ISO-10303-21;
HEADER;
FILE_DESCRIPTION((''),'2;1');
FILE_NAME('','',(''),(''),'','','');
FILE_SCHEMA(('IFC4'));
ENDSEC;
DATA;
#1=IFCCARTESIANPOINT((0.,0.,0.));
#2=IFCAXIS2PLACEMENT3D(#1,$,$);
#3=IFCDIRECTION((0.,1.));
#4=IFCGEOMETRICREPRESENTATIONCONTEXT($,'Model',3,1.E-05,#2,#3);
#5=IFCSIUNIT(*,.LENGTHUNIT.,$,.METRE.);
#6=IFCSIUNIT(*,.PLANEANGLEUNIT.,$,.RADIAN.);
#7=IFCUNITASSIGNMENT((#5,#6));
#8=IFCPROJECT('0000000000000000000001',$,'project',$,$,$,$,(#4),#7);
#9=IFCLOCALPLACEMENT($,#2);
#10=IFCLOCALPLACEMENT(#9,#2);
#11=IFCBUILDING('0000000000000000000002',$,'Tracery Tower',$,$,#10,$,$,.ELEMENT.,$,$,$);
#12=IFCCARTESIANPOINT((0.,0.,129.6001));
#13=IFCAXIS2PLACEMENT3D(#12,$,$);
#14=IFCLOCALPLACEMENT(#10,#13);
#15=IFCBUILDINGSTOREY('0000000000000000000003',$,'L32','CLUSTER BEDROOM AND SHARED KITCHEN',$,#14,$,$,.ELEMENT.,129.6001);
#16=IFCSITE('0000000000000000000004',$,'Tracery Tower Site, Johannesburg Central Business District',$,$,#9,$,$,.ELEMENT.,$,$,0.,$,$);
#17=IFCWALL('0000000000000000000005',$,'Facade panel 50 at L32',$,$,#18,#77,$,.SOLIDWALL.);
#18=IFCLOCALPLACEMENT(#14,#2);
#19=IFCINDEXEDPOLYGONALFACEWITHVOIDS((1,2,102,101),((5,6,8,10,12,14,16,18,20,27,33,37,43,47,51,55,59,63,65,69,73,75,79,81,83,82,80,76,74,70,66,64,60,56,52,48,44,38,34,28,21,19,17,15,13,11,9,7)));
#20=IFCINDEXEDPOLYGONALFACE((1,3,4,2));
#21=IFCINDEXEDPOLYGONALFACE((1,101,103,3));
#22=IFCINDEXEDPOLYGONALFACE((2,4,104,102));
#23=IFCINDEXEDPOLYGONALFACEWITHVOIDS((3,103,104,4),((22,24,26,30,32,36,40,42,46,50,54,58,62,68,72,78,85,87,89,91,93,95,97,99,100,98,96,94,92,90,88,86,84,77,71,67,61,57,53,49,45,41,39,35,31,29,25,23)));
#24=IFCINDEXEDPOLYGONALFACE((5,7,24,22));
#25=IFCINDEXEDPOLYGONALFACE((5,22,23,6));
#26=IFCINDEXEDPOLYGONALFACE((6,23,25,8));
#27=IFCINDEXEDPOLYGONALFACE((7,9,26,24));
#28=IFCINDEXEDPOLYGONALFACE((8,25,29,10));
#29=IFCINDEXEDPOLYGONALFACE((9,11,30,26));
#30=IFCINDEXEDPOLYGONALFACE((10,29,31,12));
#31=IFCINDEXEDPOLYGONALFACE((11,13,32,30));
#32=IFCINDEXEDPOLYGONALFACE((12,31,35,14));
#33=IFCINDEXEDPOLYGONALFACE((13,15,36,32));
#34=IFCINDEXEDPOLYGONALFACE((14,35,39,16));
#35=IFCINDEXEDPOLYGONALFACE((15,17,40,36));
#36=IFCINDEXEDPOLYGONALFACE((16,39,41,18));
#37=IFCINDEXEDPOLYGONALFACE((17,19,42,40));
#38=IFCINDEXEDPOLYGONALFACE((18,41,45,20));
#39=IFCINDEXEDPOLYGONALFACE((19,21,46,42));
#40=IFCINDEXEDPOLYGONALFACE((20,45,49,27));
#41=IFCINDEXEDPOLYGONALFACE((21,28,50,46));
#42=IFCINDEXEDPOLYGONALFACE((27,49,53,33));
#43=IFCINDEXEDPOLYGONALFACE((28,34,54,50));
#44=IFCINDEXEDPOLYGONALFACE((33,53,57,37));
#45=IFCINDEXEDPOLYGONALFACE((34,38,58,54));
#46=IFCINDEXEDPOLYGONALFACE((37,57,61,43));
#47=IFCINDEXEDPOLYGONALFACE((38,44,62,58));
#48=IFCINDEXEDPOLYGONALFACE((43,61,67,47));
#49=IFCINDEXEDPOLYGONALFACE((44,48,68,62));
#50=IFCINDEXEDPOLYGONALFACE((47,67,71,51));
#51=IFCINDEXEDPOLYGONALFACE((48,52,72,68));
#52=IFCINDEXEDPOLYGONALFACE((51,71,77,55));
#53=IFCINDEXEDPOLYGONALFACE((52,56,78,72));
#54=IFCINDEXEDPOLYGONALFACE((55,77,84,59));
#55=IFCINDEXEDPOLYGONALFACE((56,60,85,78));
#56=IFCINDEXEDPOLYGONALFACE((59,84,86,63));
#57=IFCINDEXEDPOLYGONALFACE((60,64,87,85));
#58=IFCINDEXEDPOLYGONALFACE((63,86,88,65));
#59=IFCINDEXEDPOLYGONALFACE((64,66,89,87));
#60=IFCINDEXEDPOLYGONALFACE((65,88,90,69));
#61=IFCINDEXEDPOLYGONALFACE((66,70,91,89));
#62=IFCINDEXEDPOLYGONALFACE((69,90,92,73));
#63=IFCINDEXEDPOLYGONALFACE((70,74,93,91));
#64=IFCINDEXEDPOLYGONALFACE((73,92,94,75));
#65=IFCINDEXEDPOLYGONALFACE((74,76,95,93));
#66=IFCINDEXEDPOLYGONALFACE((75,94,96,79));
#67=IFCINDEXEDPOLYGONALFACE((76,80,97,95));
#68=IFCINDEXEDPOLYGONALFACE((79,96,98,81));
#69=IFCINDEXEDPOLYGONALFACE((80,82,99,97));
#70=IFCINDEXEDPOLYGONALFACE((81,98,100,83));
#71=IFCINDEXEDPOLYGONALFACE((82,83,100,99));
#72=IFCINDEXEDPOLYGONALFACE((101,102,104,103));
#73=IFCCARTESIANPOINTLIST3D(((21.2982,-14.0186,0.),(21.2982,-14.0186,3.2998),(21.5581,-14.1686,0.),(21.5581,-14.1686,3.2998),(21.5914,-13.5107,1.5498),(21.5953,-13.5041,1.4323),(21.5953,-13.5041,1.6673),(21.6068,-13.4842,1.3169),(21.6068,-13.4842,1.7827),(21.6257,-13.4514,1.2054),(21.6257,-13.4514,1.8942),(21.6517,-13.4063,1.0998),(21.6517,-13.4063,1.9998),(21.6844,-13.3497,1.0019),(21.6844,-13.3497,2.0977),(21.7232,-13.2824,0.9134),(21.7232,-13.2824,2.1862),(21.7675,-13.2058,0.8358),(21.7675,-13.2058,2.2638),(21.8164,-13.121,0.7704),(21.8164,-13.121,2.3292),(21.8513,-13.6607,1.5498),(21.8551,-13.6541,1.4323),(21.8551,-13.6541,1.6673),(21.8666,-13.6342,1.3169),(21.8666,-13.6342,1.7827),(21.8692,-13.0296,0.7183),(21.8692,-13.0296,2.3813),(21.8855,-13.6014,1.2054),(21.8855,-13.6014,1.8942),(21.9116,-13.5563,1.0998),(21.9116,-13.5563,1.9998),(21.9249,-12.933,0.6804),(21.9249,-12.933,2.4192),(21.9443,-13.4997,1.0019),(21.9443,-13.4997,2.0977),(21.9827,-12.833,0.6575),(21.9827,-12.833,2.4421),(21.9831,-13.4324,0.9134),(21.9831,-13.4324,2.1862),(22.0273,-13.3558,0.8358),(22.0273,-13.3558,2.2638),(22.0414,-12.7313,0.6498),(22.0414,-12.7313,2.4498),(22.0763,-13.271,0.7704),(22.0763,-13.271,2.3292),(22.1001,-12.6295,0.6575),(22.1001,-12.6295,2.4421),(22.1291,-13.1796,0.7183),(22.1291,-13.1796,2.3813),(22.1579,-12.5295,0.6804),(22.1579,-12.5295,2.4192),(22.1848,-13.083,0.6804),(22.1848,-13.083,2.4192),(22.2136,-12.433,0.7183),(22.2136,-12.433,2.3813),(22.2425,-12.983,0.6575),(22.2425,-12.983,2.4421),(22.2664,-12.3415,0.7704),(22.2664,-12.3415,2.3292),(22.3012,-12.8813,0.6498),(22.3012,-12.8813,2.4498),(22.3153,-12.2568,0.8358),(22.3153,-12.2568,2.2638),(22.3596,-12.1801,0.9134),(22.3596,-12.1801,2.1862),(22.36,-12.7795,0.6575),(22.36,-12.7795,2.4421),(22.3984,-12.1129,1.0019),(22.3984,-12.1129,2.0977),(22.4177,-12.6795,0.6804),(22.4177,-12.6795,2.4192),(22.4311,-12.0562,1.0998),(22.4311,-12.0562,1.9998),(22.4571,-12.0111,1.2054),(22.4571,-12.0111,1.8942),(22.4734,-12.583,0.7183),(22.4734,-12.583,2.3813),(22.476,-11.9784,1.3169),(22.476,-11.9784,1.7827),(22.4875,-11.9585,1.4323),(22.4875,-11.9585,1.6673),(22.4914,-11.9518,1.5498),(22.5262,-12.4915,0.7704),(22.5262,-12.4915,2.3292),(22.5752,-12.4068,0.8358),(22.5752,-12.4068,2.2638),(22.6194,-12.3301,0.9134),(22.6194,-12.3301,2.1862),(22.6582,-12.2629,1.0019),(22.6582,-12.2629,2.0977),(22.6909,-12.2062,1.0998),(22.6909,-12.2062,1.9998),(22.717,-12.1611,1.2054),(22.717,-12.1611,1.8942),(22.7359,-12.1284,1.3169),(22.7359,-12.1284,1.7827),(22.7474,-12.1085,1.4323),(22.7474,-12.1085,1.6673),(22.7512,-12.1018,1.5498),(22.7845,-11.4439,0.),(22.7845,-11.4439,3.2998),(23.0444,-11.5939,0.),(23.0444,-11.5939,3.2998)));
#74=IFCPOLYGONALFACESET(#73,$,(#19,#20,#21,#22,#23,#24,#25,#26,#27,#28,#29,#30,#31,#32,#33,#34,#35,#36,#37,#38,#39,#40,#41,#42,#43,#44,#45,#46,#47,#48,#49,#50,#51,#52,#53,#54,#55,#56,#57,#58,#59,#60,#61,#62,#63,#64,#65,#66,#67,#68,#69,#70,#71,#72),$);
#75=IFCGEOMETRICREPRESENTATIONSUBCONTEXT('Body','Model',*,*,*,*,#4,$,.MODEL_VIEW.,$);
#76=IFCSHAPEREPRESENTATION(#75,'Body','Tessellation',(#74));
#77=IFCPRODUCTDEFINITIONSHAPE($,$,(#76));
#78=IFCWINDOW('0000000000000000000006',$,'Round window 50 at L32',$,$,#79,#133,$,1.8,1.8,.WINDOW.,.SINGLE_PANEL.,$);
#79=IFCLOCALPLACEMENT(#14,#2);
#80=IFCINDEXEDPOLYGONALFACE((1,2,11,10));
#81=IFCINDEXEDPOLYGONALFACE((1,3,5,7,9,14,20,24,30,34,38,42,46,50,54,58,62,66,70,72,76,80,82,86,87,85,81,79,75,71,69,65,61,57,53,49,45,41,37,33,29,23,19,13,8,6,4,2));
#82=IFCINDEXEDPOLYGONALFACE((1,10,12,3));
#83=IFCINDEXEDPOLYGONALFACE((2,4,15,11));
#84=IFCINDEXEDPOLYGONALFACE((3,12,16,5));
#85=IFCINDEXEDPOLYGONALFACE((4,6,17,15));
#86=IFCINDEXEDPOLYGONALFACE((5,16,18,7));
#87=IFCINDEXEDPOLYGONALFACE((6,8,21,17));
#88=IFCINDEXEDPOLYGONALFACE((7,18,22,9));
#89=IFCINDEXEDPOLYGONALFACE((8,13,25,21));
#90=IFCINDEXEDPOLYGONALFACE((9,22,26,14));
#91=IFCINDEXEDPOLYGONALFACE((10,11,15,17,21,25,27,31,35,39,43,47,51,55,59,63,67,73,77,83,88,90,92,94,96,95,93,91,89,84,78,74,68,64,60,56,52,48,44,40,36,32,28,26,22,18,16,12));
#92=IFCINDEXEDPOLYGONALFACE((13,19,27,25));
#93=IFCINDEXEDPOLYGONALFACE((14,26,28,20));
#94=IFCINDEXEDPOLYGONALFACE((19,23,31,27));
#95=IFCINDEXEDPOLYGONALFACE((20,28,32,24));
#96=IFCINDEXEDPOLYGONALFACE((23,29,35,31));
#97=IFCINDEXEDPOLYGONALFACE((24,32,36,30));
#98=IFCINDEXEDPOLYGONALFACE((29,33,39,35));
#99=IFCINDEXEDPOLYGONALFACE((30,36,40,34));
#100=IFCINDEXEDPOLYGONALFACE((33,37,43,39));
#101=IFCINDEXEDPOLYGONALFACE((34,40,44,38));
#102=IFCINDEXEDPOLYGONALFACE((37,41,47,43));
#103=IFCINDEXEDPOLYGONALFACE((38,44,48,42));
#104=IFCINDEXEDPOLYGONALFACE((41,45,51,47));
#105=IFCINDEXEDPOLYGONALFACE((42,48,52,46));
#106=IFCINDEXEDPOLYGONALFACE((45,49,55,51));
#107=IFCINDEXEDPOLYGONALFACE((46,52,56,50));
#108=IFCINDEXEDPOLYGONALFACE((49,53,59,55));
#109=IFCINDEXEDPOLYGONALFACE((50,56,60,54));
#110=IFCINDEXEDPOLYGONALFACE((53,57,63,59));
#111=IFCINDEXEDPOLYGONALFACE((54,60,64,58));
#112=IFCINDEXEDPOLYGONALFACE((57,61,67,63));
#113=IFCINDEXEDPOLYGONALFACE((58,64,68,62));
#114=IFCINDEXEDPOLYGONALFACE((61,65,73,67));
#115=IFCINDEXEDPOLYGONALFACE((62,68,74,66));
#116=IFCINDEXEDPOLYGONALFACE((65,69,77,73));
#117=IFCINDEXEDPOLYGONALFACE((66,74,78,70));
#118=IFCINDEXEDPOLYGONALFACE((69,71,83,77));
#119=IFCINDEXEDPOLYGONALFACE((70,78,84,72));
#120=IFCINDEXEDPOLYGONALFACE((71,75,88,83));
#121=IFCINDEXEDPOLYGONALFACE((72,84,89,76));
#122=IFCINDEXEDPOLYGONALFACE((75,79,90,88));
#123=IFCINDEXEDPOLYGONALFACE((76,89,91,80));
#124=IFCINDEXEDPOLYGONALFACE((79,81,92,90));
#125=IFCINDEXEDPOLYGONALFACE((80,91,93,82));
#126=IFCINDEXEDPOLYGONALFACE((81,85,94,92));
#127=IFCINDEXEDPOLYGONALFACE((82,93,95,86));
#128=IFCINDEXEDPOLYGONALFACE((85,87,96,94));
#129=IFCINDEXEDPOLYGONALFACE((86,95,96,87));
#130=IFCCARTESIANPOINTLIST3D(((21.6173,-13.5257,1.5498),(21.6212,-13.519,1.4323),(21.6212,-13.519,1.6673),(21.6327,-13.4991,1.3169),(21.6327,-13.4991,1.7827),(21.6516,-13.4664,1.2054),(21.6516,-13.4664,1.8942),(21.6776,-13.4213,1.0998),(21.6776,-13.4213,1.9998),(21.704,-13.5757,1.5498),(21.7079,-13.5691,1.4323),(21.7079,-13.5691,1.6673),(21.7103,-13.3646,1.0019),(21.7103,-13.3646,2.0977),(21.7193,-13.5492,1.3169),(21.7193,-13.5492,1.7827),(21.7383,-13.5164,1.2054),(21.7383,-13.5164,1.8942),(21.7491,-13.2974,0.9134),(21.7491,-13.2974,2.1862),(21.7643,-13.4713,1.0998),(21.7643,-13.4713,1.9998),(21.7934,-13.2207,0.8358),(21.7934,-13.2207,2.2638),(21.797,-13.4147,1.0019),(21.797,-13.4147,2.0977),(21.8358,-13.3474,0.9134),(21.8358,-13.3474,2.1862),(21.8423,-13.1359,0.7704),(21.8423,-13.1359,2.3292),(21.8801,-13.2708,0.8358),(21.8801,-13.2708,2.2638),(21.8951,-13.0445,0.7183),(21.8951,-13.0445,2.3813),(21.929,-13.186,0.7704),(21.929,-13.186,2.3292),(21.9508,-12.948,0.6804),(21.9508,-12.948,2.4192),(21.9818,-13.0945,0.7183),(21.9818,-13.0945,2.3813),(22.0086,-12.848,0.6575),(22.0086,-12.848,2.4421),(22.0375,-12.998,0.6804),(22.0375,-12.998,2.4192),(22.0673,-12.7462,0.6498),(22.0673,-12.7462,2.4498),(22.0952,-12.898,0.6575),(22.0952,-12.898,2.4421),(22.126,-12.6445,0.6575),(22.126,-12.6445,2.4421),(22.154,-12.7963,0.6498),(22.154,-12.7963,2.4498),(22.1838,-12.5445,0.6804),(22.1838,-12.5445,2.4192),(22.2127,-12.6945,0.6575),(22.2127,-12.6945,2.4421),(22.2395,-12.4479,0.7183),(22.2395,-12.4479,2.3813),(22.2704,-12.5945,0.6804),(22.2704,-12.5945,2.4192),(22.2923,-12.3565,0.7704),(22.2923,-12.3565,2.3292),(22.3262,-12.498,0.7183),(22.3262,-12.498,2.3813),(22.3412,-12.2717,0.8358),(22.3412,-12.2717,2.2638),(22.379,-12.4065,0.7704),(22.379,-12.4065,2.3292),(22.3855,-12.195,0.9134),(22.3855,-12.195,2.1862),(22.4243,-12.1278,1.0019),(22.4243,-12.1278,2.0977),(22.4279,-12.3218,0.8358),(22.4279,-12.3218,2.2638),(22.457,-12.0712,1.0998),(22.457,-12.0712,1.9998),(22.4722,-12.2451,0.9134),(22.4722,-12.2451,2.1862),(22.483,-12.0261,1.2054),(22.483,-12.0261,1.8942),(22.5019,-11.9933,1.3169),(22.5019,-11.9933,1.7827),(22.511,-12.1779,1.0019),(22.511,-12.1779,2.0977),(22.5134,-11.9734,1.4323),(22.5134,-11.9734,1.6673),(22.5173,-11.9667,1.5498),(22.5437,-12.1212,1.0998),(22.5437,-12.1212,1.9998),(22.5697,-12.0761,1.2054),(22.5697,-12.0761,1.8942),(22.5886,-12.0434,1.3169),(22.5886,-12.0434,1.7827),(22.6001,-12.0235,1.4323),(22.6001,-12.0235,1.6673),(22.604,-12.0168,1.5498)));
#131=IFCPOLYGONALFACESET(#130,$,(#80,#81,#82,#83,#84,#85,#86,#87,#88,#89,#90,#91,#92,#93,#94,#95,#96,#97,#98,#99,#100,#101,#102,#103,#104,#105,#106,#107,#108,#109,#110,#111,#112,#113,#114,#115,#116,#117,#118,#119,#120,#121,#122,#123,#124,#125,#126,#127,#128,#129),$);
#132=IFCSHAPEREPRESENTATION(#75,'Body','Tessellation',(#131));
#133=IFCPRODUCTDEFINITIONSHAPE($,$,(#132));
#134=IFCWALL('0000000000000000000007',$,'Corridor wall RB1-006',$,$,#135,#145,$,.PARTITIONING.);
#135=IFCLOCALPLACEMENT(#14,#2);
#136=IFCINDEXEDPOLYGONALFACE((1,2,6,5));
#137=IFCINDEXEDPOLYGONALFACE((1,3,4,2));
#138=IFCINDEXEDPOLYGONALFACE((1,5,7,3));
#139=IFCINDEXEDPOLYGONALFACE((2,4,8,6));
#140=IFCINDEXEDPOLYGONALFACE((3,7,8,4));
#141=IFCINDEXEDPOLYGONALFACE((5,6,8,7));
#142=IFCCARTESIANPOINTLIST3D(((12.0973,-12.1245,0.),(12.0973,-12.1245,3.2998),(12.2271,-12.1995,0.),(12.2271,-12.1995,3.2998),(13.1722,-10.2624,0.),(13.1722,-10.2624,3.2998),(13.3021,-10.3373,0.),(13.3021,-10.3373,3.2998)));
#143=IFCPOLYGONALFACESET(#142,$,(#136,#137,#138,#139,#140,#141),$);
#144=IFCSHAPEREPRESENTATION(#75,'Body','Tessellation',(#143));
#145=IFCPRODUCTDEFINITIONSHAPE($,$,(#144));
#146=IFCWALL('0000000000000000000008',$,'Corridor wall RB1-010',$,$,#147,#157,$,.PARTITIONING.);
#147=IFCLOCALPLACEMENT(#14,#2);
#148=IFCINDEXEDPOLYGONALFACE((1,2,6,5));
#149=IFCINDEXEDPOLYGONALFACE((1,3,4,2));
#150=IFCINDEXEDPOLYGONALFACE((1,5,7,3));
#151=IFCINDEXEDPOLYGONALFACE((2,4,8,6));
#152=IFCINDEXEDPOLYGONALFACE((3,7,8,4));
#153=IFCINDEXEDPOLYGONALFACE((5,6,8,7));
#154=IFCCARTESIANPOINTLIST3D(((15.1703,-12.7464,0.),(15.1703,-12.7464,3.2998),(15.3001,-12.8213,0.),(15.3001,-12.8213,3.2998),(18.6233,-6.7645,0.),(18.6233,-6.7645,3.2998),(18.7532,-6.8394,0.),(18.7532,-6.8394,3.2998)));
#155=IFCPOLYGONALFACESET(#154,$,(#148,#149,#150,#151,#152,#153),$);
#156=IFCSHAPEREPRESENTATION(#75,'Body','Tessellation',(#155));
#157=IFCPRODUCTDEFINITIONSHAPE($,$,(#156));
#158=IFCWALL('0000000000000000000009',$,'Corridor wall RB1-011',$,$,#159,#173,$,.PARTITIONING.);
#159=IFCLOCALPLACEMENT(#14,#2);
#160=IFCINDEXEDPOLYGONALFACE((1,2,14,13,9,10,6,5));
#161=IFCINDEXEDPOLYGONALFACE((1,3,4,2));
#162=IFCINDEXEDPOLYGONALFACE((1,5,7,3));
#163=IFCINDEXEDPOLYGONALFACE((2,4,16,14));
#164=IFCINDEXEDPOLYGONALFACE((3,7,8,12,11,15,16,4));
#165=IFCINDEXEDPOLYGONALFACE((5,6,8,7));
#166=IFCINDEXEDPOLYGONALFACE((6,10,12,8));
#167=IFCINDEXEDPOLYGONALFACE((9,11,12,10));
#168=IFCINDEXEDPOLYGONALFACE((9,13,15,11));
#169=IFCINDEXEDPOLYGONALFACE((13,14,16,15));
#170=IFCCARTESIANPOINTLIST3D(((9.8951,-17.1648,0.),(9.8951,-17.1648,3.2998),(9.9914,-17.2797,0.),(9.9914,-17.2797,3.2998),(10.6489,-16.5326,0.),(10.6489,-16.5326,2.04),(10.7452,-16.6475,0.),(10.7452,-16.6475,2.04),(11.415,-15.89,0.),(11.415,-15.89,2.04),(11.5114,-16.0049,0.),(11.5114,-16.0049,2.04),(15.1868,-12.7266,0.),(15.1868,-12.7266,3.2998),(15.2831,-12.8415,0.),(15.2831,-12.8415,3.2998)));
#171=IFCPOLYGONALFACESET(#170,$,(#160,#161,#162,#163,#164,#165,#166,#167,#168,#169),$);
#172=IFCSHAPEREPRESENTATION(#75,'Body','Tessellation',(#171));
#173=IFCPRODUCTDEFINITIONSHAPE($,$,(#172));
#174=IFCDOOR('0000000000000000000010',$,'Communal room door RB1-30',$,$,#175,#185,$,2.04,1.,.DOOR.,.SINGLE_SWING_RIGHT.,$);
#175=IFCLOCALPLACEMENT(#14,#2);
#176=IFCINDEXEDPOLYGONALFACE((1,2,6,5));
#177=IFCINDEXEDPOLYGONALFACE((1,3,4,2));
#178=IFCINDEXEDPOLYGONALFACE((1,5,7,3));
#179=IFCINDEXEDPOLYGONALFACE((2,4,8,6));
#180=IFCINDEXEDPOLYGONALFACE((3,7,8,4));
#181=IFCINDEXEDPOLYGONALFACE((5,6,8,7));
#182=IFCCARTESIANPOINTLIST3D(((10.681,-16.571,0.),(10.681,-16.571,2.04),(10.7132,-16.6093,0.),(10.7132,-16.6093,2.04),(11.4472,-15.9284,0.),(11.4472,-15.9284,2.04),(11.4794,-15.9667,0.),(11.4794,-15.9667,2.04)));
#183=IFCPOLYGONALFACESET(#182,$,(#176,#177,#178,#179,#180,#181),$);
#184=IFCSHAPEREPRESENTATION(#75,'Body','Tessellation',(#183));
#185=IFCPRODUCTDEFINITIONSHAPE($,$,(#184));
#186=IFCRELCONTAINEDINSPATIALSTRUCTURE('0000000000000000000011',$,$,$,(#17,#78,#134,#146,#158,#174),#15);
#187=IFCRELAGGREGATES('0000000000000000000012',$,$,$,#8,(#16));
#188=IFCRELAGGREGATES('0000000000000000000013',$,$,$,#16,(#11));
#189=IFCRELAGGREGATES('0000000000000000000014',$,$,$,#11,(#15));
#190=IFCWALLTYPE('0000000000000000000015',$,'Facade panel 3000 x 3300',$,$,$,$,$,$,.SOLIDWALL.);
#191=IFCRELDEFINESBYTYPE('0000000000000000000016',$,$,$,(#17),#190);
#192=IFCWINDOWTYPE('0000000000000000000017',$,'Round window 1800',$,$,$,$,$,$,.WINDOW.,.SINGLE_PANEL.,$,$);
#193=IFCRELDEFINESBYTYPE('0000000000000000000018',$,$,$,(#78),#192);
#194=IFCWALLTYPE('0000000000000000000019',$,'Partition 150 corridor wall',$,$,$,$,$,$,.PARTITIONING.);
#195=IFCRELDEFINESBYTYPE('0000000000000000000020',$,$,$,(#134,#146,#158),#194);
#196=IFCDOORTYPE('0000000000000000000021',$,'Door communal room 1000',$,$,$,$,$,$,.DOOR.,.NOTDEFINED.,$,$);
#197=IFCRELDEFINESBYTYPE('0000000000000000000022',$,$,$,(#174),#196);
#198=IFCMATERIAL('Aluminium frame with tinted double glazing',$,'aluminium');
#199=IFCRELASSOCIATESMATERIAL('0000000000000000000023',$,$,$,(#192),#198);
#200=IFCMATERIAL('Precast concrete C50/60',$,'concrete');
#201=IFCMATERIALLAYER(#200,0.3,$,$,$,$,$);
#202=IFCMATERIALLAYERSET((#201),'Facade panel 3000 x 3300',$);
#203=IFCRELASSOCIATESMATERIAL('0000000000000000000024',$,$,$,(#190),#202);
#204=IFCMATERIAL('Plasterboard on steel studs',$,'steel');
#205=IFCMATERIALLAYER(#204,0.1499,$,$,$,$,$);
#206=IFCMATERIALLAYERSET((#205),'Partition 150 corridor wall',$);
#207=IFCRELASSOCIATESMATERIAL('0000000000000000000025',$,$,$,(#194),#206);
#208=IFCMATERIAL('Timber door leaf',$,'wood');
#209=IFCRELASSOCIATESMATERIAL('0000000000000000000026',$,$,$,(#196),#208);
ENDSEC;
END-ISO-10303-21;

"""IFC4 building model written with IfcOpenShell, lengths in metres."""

from ifc_helpers import new_model, si_unit, direction, frame, frame_2d, origin, origin_2d, place, context, subcontext, project, spatial, rectangle, circle, extrude, material, layer, layer_set, type_object, element, fill, save


model = new_model("IFC4")

# Units and contexts
model_context = context("Model", 3, precision=1e-05, world=origin(), true_north=direction((0.0, 1.0)))
body_context = subcontext(model_context, "Body", "Model", "MODEL_VIEW")
ifc_project = project(units=[si_unit("LENGTHUNIT", "METRE"), si_unit("PLANEANGLEUNIT", "RADIAN")], contexts=[model_context])

# Site, building, storey
site_placement = place(None, origin())
site = spatial("IfcSite", under=ifc_project, at=site_placement, Name="Tracery Tower Site, Johannesburg Central Business District", CompositionType="ELEMENT", RefElevation=0.0)
building_placement = place(site_placement, origin())
building = spatial("IfcBuilding", under=site, at=building_placement, Name="Tracery Tower", CompositionType="ELEMENT")
storey_placement = place(building_placement, frame((0.0, 0.0, 129.6001)))
storey = spatial("IfcBuildingStorey", under=building, at=storey_placement, Name="L32", Description="CLUSTER BEDROOM AND SHARED KITCHEN", CompositionType="ELEMENT", Elevation=129.6001)

# Wall, opening, window
ifc_material_1 = material(Name="Aluminium frame with tinted double glazing", Category="aluminium")
window_type = type_object("IfcWindowType", Name="Round window 1800", PartitioningType="SINGLE_PANEL", PredefinedType="WINDOW", material=ifc_material_1)
ifc_material_2 = material(Name="Precast concrete C50/60", Category="concrete")
ifc_layer_1 = layer(ifc_material_2, 0.3)
ifc_layer_set_1 = layer_set([ifc_layer_1], Name="Facade panel 3000 x 3300")
wall_type_1 = type_object("IfcWallType", Name="Facade panel 3000 x 3300", PredefinedType="SOLIDWALL", material=ifc_layer_set_1)
wall_1_placement = place(storey_placement, frame((21.4282, -14.0935, 0.0), z_axis=(0.0, 0.0, 1.0), x_axis=(0.499955, 0.866052, 0.0)))
wall_1 = element("IfcWall", 1, at=wall_1_placement, inside=storey, type_object=wall_type_1, Name="Facade panel 50 at L32", PredefinedType="SOLIDWALL", context=body_context, shape_type="SweptSolid", body=[
    extrude(rectangle(XDim=2.9729, YDim=0.3, at=frame_2d((1.4863, 0.0))), origin(), (0.0, 0.0, 1.0), 3.2998),
])
opening_1_placement = place(wall_1_placement, frame((1.4863, 0.0, 1.5498)))
opening_1 = element("IfcOpeningElement", 2, at=opening_1_placement, cuts=wall_1, PredefinedType="OPENING", context=body_context, shape_type="SweptSolid", body=[
    extrude(circle(Radius=0.9, at=origin_2d()), frame((0.0, 0.1599, 0.0), z_axis=(0.0, -1.0, 0.0), x_axis=(1.0, 0.0, 0.0)), (0.0, 0.0, 1.0), 0.3201),
])
window_1_placement = place(opening_1_placement, origin())
window_1 = element("IfcWindow", 3, at=window_1_placement, inside=storey, type_object=window_type, Name="Round window 50 at L32", OverallHeight=1.8, OverallWidth=1.8, PartitioningType="SINGLE_PANEL", PredefinedType="WINDOW", context=body_context, shape_type="SweptSolid", body=[
    extrude(circle(Radius=0.9, at=origin_2d()), frame((0.0, 0.1201, 0.0), z_axis=(0.0, -1.0, 0.0), x_axis=(1.0, 0.0, 0.0)), (0.0, 0.0, 1.0), 0.1001),
])
fill(opening_1, window_1)

# Walls
ifc_material_3 = material(Name="Plasterboard on steel studs", Category="steel")
ifc_layer_2 = layer(ifc_material_3, 0.1499)
ifc_layer_set_2 = layer_set([ifc_layer_2], Name="Partition 150 corridor wall")
wall_type_2 = type_object("IfcWallType", Name="Partition 150 corridor wall", PredefinedType="PARTITIONING", material=ifc_layer_set_2)
wall_2_placement = place(storey_placement, frame((12.1621, -12.1621, 0.0), z_axis=(0.0, 0.0, 1.0), x_axis=(0.499962, 0.866048, 0.0)))
element("IfcWall", 4, at=wall_2_placement, inside=storey, type_object=wall_type_2, Name="Corridor wall RB1-006", PredefinedType="PARTITIONING", context=body_context, shape_type="SweptSolid", body=[
    extrude(rectangle(XDim=2.1501, YDim=0.1499, at=frame_2d((1.0752, 0.0))), origin(), (0.0, 0.0, 1.0), 3.2998),
])
wall_3_placement = place(storey_placement, frame((15.2351, -12.7839, 0.0), z_axis=(0.0, 0.0, 1.0), x_axis=(0.499941, 0.86606, 0.0)))
element("IfcWall", 5, at=wall_3_placement, inside=storey, type_object=wall_type_2, Name="Corridor wall RB1-010", PredefinedType="PARTITIONING", context=body_context, shape_type="SweptSolid", body=[
    extrude(rectangle(XDim=6.907, YDim=0.1499, at=frame_2d((3.4536, 0.0))), origin(), (0.0, 0.0, 1.0), 3.2998),
])

# Wall, opening, door
wall_4_placement = place(storey_placement, frame((9.9434, -17.2222, 0.0), z_axis=(0.0, 0.0, 1.0), x_axis=(0.766192, 0.642612, 0.0)))
wall_4 = element("IfcWall", 6, at=wall_4_placement, inside=storey, type_object=wall_type_2, Name="Corridor wall RB1-011", PredefinedType="PARTITIONING", context=body_context, shape_type="SweptSolid", body=[
    extrude(rectangle(XDim=6.9065, YDim=0.1499, at=frame_2d((3.4531, 0.0))), origin(), (0.0, 0.0, 1.0), 3.2998),
])
opening_2_placement = place(wall_4_placement, frame((0.9836, 0.0, 0.0)))
opening_2 = element("IfcOpeningElement", 7, at=opening_2_placement, cuts=wall_4, PredefinedType="OPENING", context=body_context, shape_type="SweptSolid", body=[
    extrude(rectangle(XDim=1.0, YDim=2.04, at=frame_2d((0.5, 1.02))), frame((0.0, 0.075, 0.0), z_axis=(0.0, -1.0, 0.0), x_axis=(1.0, 0.0, 0.0)), (0.0, 0.0, 1.0), 0.1499),
])
ifc_material_4 = material(Name="Timber door leaf", Category="wood")
door_type = type_object("IfcDoorType", Name="Door communal room 1000", OperationType="NOTDEFINED", PredefinedType="DOOR", material=ifc_material_4)
door_placement = place(opening_2_placement, origin())
door = element("IfcDoor", 8, at=door_placement, inside=storey, type_object=door_type, Name="Communal room door RB1-30", OperationType="SINGLE_SWING_RIGHT", OverallHeight=2.04, OverallWidth=1.0, PredefinedType="DOOR", context=body_context, shape_type="SweptSolid", body=[
    extrude(rectangle(XDim=1.0, YDim=2.04, at=frame_2d((0.5, 1.02))), frame((0.0, 0.0249, 0.0), z_axis=(0.0, -1.0, 0.0), x_axis=(1.0, 0.0, 0.0)), (0.0, 0.0, 1.0), 0.05),
])
fill(opening_2, door)

save(model, "model.ifc")
